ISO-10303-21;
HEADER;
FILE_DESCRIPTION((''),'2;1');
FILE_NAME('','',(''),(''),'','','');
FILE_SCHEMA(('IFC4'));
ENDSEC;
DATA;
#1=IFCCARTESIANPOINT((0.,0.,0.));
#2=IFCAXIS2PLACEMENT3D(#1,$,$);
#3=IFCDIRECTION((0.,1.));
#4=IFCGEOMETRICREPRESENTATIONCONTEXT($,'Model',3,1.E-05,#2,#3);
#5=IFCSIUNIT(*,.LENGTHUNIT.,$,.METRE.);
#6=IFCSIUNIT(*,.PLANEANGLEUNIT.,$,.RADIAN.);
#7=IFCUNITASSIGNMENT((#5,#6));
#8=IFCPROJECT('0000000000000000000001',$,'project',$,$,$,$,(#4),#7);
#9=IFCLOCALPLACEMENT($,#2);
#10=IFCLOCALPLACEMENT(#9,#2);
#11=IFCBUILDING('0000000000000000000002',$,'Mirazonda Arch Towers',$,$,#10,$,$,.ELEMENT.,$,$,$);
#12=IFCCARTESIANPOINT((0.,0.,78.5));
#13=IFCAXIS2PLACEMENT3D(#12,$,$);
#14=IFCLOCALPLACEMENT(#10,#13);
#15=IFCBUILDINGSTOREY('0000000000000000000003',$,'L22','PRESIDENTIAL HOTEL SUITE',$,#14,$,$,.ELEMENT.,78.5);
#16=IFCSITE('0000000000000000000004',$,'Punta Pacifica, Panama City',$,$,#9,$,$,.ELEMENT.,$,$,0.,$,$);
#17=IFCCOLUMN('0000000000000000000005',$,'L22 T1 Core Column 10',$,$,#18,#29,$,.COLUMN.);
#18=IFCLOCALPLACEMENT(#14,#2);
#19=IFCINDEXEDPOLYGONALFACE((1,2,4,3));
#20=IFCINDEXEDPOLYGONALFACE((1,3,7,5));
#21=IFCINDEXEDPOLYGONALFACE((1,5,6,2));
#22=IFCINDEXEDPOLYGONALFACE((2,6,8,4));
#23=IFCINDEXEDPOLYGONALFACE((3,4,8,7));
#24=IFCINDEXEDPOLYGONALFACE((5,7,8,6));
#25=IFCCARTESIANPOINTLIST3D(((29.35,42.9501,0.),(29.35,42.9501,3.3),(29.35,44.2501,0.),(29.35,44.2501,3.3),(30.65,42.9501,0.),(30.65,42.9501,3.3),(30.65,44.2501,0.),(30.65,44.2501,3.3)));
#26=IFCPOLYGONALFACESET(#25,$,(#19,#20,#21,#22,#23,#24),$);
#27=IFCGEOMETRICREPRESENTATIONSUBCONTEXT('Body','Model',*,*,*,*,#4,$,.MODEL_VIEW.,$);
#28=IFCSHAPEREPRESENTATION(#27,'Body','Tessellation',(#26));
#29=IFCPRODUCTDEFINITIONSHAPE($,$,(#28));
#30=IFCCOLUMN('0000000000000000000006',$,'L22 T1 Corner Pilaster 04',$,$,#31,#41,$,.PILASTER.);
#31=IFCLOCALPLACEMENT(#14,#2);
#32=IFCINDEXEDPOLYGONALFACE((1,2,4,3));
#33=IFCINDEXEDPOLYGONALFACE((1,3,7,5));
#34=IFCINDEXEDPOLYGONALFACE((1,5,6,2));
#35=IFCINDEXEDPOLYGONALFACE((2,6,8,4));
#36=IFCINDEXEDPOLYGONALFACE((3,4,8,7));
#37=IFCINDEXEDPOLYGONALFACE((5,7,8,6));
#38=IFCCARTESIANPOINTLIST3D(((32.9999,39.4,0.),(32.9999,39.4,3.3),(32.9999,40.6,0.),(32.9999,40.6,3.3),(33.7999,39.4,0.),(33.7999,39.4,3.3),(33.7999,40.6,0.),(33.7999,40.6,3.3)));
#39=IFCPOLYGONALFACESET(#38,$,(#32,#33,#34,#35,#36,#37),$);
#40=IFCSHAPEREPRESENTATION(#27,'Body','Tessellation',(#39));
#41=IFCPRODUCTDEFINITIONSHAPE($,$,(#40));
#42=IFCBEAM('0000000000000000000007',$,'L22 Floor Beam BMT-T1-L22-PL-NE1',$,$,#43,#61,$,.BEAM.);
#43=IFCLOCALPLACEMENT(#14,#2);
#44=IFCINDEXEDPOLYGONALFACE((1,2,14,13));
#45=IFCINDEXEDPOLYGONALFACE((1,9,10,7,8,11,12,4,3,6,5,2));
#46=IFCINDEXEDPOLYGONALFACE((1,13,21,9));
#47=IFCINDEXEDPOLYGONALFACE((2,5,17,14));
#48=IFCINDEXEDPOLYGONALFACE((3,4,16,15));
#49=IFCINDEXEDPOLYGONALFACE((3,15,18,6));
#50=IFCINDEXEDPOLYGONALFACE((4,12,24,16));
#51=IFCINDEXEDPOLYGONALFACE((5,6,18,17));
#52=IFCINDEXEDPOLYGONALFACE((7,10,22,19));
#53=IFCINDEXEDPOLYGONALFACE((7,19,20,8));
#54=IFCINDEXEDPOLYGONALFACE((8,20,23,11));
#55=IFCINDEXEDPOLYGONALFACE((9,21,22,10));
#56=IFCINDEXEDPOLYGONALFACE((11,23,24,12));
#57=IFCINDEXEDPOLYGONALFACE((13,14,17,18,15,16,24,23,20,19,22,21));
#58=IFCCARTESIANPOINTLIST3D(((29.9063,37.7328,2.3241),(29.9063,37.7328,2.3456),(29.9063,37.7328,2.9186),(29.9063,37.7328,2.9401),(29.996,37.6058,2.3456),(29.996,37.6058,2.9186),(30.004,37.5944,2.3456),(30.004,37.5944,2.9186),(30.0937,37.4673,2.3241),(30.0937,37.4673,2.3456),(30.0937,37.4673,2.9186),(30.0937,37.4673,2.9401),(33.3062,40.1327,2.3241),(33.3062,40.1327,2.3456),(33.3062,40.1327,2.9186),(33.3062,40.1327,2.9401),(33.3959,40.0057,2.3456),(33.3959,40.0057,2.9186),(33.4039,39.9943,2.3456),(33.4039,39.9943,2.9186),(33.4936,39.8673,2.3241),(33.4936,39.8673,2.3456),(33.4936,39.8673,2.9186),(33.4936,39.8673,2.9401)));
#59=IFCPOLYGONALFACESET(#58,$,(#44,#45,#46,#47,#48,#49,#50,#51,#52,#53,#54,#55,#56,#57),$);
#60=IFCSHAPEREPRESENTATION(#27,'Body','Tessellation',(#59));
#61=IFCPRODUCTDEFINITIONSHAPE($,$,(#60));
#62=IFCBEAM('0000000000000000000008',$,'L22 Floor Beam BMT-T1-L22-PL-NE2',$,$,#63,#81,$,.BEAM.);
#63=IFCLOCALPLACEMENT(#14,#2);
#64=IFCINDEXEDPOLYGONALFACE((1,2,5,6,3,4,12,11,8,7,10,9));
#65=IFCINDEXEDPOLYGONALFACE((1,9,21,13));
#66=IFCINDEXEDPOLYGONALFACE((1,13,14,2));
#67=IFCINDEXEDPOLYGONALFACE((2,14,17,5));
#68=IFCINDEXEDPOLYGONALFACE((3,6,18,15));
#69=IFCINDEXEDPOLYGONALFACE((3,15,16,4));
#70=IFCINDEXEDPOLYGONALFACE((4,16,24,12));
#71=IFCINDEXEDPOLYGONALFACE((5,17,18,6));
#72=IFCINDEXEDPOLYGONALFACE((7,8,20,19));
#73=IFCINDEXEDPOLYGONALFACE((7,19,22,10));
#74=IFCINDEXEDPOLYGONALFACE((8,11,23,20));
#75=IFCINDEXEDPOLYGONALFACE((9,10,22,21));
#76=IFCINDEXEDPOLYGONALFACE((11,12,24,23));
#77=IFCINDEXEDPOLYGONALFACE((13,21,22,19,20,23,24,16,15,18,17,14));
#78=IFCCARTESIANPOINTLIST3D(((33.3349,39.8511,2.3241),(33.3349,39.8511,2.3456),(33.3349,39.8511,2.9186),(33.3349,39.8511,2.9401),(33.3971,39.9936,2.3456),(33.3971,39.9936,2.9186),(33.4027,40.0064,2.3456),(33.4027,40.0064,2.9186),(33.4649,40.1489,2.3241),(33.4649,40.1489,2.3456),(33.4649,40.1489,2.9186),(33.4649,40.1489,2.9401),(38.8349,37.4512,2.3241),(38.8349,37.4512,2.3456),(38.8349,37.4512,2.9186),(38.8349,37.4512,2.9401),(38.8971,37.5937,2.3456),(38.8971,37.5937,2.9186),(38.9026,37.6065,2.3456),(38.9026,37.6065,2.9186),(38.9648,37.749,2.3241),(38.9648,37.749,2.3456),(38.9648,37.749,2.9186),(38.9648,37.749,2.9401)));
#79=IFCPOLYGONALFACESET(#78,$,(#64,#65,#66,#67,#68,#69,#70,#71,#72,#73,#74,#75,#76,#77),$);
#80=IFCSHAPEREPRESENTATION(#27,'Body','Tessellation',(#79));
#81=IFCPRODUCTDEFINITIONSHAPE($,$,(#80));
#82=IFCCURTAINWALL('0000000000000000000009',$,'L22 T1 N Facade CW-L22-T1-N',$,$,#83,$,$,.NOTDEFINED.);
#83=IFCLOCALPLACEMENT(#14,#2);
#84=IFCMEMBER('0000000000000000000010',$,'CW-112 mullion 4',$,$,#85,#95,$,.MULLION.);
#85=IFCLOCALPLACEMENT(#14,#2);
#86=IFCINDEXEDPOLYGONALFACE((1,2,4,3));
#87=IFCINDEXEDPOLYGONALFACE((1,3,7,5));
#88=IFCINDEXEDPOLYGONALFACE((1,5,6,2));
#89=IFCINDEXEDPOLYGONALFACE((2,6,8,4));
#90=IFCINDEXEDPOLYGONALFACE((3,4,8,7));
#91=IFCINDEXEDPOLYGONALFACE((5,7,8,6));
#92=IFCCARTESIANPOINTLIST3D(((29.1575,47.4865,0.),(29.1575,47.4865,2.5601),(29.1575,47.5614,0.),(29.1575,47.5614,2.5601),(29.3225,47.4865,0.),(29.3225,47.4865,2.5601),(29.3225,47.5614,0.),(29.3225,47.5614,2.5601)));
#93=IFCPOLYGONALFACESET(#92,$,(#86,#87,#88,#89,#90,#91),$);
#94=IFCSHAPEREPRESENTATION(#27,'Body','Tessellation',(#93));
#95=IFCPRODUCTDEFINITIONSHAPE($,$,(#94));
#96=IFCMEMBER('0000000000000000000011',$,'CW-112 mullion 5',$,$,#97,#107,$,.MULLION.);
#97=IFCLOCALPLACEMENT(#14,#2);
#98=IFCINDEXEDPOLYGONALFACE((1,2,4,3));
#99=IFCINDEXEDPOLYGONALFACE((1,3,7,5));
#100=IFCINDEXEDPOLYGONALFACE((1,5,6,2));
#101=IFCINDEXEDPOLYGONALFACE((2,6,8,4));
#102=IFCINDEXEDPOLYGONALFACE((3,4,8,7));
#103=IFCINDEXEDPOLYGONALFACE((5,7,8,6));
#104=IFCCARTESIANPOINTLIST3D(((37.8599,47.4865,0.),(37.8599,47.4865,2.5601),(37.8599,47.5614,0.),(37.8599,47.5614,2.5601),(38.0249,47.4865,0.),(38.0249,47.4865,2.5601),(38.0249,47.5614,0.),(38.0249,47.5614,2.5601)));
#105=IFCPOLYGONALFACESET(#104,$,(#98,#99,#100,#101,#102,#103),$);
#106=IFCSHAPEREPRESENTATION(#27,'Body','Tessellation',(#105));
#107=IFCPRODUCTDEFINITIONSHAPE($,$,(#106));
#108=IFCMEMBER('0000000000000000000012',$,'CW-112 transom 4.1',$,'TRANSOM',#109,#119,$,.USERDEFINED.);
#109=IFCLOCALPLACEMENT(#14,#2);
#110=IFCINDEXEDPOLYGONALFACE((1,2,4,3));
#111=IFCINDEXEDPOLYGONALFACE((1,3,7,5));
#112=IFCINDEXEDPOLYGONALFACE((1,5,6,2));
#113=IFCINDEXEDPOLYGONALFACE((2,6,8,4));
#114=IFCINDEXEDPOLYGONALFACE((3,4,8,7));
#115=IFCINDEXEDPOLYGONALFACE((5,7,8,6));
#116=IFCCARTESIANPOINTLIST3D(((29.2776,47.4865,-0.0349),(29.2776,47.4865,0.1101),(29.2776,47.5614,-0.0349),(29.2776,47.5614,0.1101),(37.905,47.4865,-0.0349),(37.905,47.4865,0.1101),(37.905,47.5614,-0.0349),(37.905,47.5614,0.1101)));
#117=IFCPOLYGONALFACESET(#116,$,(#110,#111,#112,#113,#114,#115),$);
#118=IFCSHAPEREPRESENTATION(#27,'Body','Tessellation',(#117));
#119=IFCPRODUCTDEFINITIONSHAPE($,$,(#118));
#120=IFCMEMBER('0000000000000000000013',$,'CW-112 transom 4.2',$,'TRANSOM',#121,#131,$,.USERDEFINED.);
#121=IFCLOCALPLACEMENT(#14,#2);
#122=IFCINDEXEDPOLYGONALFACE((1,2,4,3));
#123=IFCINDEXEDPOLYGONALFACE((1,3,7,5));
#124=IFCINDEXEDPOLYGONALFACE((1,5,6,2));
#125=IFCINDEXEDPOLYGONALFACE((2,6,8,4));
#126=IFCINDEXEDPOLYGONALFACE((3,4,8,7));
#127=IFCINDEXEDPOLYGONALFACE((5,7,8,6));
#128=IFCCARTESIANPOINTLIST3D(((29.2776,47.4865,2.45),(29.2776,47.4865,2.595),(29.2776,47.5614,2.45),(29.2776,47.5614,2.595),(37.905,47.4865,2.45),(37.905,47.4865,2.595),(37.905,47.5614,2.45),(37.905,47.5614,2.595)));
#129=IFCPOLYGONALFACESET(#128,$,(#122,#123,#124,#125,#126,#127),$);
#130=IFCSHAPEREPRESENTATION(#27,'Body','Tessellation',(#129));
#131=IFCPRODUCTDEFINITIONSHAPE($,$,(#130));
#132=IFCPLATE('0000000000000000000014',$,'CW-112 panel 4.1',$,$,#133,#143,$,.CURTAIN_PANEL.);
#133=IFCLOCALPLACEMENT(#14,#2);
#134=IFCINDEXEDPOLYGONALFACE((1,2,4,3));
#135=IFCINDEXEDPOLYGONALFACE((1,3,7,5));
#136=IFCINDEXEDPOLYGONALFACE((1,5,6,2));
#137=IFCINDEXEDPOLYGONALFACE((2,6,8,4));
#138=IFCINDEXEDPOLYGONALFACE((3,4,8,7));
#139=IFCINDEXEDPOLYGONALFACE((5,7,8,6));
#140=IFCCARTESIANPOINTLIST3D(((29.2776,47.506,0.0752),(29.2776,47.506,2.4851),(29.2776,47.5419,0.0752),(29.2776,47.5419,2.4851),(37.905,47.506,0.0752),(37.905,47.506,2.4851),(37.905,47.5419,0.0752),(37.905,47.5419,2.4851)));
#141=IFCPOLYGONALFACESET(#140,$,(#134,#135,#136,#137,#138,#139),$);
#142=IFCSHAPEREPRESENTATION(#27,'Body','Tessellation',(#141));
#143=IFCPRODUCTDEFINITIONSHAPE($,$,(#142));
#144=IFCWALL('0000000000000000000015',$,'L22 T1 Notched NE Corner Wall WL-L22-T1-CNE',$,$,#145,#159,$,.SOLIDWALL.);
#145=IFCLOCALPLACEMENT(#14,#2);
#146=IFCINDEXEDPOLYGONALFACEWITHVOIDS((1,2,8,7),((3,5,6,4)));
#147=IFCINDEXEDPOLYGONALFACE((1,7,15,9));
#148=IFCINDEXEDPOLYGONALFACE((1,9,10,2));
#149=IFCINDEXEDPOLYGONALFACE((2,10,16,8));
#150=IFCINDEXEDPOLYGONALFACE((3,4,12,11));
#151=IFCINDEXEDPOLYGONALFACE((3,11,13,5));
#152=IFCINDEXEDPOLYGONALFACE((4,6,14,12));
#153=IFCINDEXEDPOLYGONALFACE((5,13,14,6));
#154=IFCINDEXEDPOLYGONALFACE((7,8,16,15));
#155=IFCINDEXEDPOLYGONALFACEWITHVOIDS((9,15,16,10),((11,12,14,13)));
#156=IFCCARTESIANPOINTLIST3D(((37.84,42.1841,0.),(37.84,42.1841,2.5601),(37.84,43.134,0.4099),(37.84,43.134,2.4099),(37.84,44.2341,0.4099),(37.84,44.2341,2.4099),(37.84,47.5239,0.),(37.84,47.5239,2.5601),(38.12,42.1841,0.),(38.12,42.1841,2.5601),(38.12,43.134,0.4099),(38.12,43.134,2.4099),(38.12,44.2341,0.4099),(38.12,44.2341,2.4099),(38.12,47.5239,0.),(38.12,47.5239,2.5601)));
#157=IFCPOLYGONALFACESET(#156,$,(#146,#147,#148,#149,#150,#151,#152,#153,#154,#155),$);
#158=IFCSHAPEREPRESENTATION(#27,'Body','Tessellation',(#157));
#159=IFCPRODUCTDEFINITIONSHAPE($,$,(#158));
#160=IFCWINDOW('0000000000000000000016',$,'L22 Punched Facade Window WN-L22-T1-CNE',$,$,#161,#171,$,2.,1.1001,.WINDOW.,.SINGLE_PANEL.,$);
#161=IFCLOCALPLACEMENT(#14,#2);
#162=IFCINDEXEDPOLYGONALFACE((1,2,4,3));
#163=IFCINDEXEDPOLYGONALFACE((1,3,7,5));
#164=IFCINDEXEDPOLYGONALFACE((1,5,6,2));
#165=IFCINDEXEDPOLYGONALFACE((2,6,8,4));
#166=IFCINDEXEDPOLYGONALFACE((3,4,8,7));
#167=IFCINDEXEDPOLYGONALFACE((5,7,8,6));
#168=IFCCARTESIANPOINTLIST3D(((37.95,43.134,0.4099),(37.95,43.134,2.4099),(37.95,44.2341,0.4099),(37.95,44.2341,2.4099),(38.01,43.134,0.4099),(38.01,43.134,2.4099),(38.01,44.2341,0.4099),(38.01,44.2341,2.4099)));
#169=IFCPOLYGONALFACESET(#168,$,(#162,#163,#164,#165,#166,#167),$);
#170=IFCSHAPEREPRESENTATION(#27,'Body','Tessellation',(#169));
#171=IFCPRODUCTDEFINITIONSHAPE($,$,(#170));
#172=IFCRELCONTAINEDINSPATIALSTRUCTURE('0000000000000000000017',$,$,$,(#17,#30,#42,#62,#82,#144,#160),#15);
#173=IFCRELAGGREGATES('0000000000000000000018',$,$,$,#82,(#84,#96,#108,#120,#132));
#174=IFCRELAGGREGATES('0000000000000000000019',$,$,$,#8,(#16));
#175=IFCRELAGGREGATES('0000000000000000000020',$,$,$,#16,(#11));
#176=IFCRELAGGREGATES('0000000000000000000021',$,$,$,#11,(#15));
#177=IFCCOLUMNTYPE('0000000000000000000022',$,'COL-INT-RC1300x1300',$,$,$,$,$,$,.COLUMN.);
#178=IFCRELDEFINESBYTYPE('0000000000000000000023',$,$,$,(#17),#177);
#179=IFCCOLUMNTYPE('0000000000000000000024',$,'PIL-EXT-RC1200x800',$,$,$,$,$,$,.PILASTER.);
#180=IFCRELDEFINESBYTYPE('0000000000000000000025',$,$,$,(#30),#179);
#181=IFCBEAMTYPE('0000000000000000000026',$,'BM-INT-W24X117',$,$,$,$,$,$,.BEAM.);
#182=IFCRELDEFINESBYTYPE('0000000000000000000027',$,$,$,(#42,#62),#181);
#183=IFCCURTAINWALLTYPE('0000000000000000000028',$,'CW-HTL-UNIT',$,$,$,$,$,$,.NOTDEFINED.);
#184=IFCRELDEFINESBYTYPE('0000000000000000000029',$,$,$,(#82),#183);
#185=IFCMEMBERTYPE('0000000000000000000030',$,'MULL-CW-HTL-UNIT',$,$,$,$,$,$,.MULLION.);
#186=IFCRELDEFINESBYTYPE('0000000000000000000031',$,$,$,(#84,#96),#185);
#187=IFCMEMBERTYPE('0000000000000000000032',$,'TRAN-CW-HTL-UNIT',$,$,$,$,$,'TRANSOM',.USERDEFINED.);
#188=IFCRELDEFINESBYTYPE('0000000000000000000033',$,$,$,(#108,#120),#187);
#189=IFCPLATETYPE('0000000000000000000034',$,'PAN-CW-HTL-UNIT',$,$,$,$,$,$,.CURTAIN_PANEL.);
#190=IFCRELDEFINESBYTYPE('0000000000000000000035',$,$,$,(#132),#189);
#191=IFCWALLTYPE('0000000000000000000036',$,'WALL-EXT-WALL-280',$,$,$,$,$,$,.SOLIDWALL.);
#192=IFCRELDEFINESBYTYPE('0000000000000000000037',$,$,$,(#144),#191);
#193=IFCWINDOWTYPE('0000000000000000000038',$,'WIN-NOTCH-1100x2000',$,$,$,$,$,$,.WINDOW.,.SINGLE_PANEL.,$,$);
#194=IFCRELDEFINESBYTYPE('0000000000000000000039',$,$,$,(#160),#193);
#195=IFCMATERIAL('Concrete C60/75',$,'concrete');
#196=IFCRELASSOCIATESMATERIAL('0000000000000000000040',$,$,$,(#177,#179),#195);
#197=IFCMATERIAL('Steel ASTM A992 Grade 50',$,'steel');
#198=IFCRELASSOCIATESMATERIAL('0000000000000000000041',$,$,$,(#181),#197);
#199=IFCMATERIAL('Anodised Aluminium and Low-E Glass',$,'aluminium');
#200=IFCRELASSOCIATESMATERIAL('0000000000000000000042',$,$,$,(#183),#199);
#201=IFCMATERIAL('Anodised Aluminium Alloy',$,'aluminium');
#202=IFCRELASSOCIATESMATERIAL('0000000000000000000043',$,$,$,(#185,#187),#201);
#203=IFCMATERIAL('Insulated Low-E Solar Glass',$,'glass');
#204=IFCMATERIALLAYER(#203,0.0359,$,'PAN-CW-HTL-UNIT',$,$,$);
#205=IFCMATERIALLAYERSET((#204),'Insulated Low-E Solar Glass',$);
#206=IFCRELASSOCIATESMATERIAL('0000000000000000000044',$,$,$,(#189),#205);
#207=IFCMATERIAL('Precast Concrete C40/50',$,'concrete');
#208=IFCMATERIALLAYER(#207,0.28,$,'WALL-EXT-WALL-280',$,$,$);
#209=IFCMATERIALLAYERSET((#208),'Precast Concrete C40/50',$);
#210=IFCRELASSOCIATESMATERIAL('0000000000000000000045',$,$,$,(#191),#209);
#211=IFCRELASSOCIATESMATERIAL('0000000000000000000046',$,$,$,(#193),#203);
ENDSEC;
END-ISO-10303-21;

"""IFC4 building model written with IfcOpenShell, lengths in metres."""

from ifc_helpers import new_model, si_unit, direction, frame, frame_2d, origin, origin_2d, place, context, subcontext, project, spatial, rectangle, i_section, extrude, material, layer, layer_set, material_profile, profile_set, type_object, element, fill, aggregate, save


model = new_model("IFC4")

# Units and contexts
model_context = context("Model", 3, precision=1e-05, world=origin(), true_north=direction((0.0, 1.0)))
body_context = subcontext(model_context, "Body", "Model", "MODEL_VIEW")
ifc_project = project(units=[si_unit("LENGTHUNIT", "METRE"), si_unit("PLANEANGLEUNIT", "RADIAN")], contexts=[model_context])

# Site, building, storey
site_placement = place(None, origin())
site = spatial("IfcSite", under=ifc_project, at=site_placement, Name="Punta Pacifica, Panama City", CompositionType="ELEMENT", RefElevation=0.0)
building_placement = place(site_placement, origin())
building = spatial("IfcBuilding", under=site, at=building_placement, Name="Mirazonda Arch Towers", CompositionType="ELEMENT")
storey_placement = place(building_placement, frame((0.0, 0.0, 78.5)))
storey = spatial("IfcBuildingStorey", under=building, at=storey_placement, Name="L22", Description="PRESIDENTIAL HOTEL SUITE", CompositionType="ELEMENT", Elevation=78.5)

# Columns
ifc_material_1 = material(Name="Concrete C60/75", Category="concrete")
ifc_material_profile_1 = material_profile(ifc_material_1, rectangle(XDim=1.3, YDim=1.3, at=origin_2d()), Name="RC1300x1300")
ifc_profile_set_1 = profile_set([ifc_material_profile_1], Name="Concrete C60/75")
column_type_1 = type_object("IfcColumnType", Name="COL-INT-RC1300x1300", PredefinedType="COLUMN", material=ifc_profile_set_1)
column_1_placement = place(storey_placement, frame((30.0, 43.6001, 0.0), z_axis=(0.0, 0.0, 1.0), x_axis=(1.0, 0.0, 0.0)))
element("IfcColumn", 1, at=column_1_placement, inside=storey, type_object=column_type_1, Name="L22 T1 Core Column 10", PredefinedType="COLUMN", context=body_context, shape_type="SweptSolid", body=[
    extrude(rectangle(XDim=1.3, YDim=1.3, at=origin_2d()), origin(), (0.0, 0.0, 1.0), 3.3),
])
ifc_material_profile_2 = material_profile(ifc_material_1, rectangle(XDim=0.8, YDim=1.2, at=origin_2d()), Name="RC1200x800")
ifc_profile_set_2 = profile_set([ifc_material_profile_2], Name="Concrete C60/75")
column_type_2 = type_object("IfcColumnType", Name="PIL-EXT-RC1200x800", PredefinedType="PILASTER", material=ifc_profile_set_2)
column_2_placement = place(storey_placement, frame((33.3999, 40.0, 0.0), z_axis=(0.0, 0.0, 1.0), x_axis=(1.0, 0.0, 0.0)))
element("IfcColumn", 2, at=column_2_placement, inside=storey, type_object=column_type_2, Name="L22 T1 Corner Pilaster 04", PredefinedType="PILASTER", context=body_context, shape_type="SweptSolid", body=[
    extrude(rectangle(XDim=0.8, YDim=1.2, at=origin_2d()), origin(), (0.0, 0.0, 1.0), 3.3),
])

# Beams
ifc_material_2 = material(Name="Steel ASTM A992 Grade 50", Category="steel")
ifc_material_profile_3 = material_profile(ifc_material_2, i_section(OverallWidth=0.325, OverallDepth=0.616, WebThickness=0.0139, FlangeThickness=0.0215, at=origin_2d()), Name="W24X117")
ifc_profile_set_3 = profile_set([ifc_material_profile_3], Name="Steel ASTM A992 Grade 50")
beam_type = type_object("IfcBeamType", Name="BM-INT-W24X117", PredefinedType="BEAM", material=ifc_profile_set_3)
beam_1_placement = place(storey_placement, frame((33.3999, 40.0, 2.6321), z_axis=(-0.816971, -0.576679, 0.0), x_axis=(0.576679, -0.816971, 0.0)))
element("IfcBeam", 3, at=beam_1_placement, inside=storey, type_object=beam_type, Name="L22 Floor Beam BMT-T1-L22-PL-NE1", PredefinedType="BEAM", context=body_context, shape_type="SweptSolid", body=[
    extrude(i_section(OverallWidth=0.325, OverallDepth=0.616, WebThickness=0.0139, FlangeThickness=0.0215, at=origin_2d()), origin(), (0.0, 0.0, 1.0), 4.1616),
])
beam_2_placement = place(storey_placement, frame((33.3999, 40.0, 2.6321), z_axis=(0.916545, -0.399931, 0.0), x_axis=(0.399931, 0.916545, 0.0)))
element("IfcBeam", 4, at=beam_2_placement, inside=storey, type_object=beam_type, Name="L22 Floor Beam BMT-T1-L22-PL-NE2", PredefinedType="BEAM", context=body_context, shape_type="SweptSolid", body=[
    extrude(i_section(OverallWidth=0.325, OverallDepth=0.616, WebThickness=0.0139, FlangeThickness=0.0215, at=origin_2d()), origin(), (0.0, 0.0, 1.0), 6.0007),
])

# Curtain wall, members, plate
ifc_material_3 = material(Name="Anodised Aluminium and Low-E Glass", Category="aluminium")
curtain_wall_type = type_object("IfcCurtainWallType", Name="CW-HTL-UNIT", PredefinedType="NOTDEFINED", material=ifc_material_3)
curtain_wall_placement = place(storey_placement, origin())
curtain_wall = element("IfcCurtainWall", 5, at=curtain_wall_placement, inside=storey, type_object=curtain_wall_type, Name="L22 T1 N Facade CW-L22-T1-N", PredefinedType="NOTDEFINED")
ifc_material_4 = material(Name="Anodised Aluminium Alloy", Category="aluminium")
ifc_material_profile_4 = material_profile(ifc_material_4, rectangle(XDim=0.075, YDim=0.165, at=origin_2d()), Name="ALU-MULL-75x165")
ifc_profile_set_4 = profile_set([ifc_material_profile_4], Name="Anodised Aluminium Alloy")
member_type_1 = type_object("IfcMemberType", Name="MULL-CW-HTL-UNIT", PredefinedType="MULLION", material=ifc_profile_set_4)
member_1_placement = place(storey_placement, frame((29.24, 47.5239, 0.0), z_axis=(0.0, 0.0, 1.0), x_axis=(0.0, 1.0, 0.0)))
member_1 = element("IfcMember", 6, at=member_1_placement, type_object=member_type_1, Name="CW-112 mullion 4", PredefinedType="MULLION", context=body_context, shape_type="SweptSolid", body=[
    extrude(rectangle(XDim=0.075, YDim=0.165, at=origin_2d()), origin(), (0.0, 0.0, 1.0), 2.5601),
])
member_2_placement = place(storey_placement, frame((37.9424, 47.5239, 0.0), z_axis=(0.0, 0.0, 1.0), x_axis=(0.0, 1.0, 0.0)))
member_2 = element("IfcMember", 7, at=member_2_placement, type_object=member_type_1, Name="CW-112 mullion 5", PredefinedType="MULLION", context=body_context, shape_type="SweptSolid", body=[
    extrude(rectangle(XDim=0.075, YDim=0.165, at=origin_2d()), origin(), (0.0, 0.0, 1.0), 2.5601),
])
ifc_material_profile_5 = material_profile(ifc_material_4, rectangle(XDim=0.075, YDim=0.145, at=origin_2d()), Name="ALU-TRAN-75x145")
ifc_profile_set_5 = profile_set([ifc_material_profile_5], Name="Anodised Aluminium Alloy")
member_type_2 = type_object("IfcMemberType", Name="TRAN-CW-HTL-UNIT", ElementType="TRANSOM", PredefinedType="USERDEFINED", material=ifc_profile_set_5)
member_3_placement = place(storey_placement, frame((29.2776, 47.5239, 0.0376), z_axis=(1.0, 0.0, 0.0), x_axis=(0.0, 1.0, 0.0)))
member_3 = element("IfcMember", 8, at=member_3_placement, type_object=member_type_2, Name="CW-112 transom 4.1", ObjectType="TRANSOM", PredefinedType="USERDEFINED", context=body_context, shape_type="SweptSolid", body=[
    extrude(rectangle(XDim=0.075, YDim=0.145, at=origin_2d()), origin(), (0.0, 0.0, 1.0), 8.6274),
])
member_4_placement = place(storey_placement, frame((29.2776, 47.5239, 2.5225), z_axis=(1.0, 0.0, 0.0), x_axis=(0.0, 1.0, 0.0)))
member_4 = element("IfcMember", 9, at=member_4_placement, type_object=member_type_2, Name="CW-112 transom 4.2", ObjectType="TRANSOM", PredefinedType="USERDEFINED", context=body_context, shape_type="SweptSolid", body=[
    extrude(rectangle(XDim=0.075, YDim=0.145, at=origin_2d()), origin(), (0.0, 0.0, 1.0), 8.6274),
])
ifc_material_5 = material(Name="Insulated Low-E Solar Glass", Category="glass")
ifc_layer_1 = layer(ifc_material_5, 0.0359, Name="PAN-CW-HTL-UNIT")
ifc_layer_set_1 = layer_set([ifc_layer_1], Name="Insulated Low-E Solar Glass")
plate_type = type_object("IfcPlateType", Name="PAN-CW-HTL-UNIT", PredefinedType="CURTAIN_PANEL", material=ifc_layer_set_1)
plate_placement = place(storey_placement, frame((33.5913, 47.5239, 0.0752), z_axis=(0.0, 0.0, 1.0), x_axis=(1.0, 0.0, 0.0)))
plate = element("IfcPlate", 10, at=plate_placement, type_object=plate_type, Name="CW-112 panel 4.1", PredefinedType="CURTAIN_PANEL", context=body_context, shape_type="SweptSolid", body=[
    extrude(rectangle(XDim=8.6274, YDim=0.0359, at=origin_2d()), origin(), (0.0, 0.0, 1.0), 2.4099),
])
aggregate(curtain_wall, [member_1, member_2, member_3, member_4, plate])

# Wall, opening, window
ifc_material_6 = material(Name="Precast Concrete C40/50", Category="concrete")
ifc_layer_2 = layer(ifc_material_6, 0.28, Name="WALL-EXT-WALL-280")
ifc_layer_set_2 = layer_set([ifc_layer_2], Name="Precast Concrete C40/50")
wall_type_1 = type_object("IfcWallType", Name="WALL-EXT-WALL-280", PredefinedType="SOLIDWALL", material=ifc_layer_set_2)
wall_1_placement = place(storey_placement, frame((37.98, 42.1841, 0.0), z_axis=(0.0, 0.0, 1.0), x_axis=(0.0, 1.0, 0.0)))
wall_1 = element("IfcWall", 11, at=wall_1_placement, inside=storey, type_object=wall_type_1, Name="L22 T1 Notched NE Corner Wall WL-L22-T1-CNE", PredefinedType="SOLIDWALL", context=body_context, shape_type="SweptSolid", body=[
    extrude(rectangle(XDim=5.3398, YDim=0.28, at=frame_2d((2.6699, 0.0))), origin(), (0.0, 0.0, 1.0), 2.5601),
])
opening_1_placement = place(wall_1_placement, frame((0.95, 0.0, 0.4099)))
opening_1 = element("IfcOpeningElement", 12, at=opening_1_placement, cuts=wall_1, PredefinedType="OPENING", context=body_context, shape_type="SweptSolid", body=[
    extrude(rectangle(XDim=1.1001, YDim=2.0, at=frame_2d((0.55, 1.0))), frame((0.0, 0.1499, 0.0), z_axis=(0.0, -1.0, 0.0), x_axis=(1.0, 0.0, 0.0)), (0.0, 0.0, 1.0), 0.3),
])
window_type = type_object("IfcWindowType", Name="WIN-NOTCH-1100x2000", PartitioningType="SINGLE_PANEL", PredefinedType="WINDOW", material=ifc_material_5)
window_placement = place(opening_1_placement, origin())
window = element("IfcWindow", 13, at=window_placement, inside=storey, type_object=window_type, Name="L22 Punched Facade Window WN-L22-T1-CNE", OverallHeight=2.0, OverallWidth=1.1001, PartitioningType="SINGLE_PANEL", PredefinedType="WINDOW", context=body_context, shape_type="SweptSolid", body=[
    extrude(rectangle(XDim=1.1001, YDim=2.0, at=frame_2d((0.55, 1.0))), frame((0.0, 0.03, 0.0), z_axis=(0.0, -1.0, 0.0), x_axis=(1.0, 0.0, 0.0)), (0.0, 0.0, 1.0), 0.0601),
])
fill(opening_1, window)

save(model, "model.ifc")
